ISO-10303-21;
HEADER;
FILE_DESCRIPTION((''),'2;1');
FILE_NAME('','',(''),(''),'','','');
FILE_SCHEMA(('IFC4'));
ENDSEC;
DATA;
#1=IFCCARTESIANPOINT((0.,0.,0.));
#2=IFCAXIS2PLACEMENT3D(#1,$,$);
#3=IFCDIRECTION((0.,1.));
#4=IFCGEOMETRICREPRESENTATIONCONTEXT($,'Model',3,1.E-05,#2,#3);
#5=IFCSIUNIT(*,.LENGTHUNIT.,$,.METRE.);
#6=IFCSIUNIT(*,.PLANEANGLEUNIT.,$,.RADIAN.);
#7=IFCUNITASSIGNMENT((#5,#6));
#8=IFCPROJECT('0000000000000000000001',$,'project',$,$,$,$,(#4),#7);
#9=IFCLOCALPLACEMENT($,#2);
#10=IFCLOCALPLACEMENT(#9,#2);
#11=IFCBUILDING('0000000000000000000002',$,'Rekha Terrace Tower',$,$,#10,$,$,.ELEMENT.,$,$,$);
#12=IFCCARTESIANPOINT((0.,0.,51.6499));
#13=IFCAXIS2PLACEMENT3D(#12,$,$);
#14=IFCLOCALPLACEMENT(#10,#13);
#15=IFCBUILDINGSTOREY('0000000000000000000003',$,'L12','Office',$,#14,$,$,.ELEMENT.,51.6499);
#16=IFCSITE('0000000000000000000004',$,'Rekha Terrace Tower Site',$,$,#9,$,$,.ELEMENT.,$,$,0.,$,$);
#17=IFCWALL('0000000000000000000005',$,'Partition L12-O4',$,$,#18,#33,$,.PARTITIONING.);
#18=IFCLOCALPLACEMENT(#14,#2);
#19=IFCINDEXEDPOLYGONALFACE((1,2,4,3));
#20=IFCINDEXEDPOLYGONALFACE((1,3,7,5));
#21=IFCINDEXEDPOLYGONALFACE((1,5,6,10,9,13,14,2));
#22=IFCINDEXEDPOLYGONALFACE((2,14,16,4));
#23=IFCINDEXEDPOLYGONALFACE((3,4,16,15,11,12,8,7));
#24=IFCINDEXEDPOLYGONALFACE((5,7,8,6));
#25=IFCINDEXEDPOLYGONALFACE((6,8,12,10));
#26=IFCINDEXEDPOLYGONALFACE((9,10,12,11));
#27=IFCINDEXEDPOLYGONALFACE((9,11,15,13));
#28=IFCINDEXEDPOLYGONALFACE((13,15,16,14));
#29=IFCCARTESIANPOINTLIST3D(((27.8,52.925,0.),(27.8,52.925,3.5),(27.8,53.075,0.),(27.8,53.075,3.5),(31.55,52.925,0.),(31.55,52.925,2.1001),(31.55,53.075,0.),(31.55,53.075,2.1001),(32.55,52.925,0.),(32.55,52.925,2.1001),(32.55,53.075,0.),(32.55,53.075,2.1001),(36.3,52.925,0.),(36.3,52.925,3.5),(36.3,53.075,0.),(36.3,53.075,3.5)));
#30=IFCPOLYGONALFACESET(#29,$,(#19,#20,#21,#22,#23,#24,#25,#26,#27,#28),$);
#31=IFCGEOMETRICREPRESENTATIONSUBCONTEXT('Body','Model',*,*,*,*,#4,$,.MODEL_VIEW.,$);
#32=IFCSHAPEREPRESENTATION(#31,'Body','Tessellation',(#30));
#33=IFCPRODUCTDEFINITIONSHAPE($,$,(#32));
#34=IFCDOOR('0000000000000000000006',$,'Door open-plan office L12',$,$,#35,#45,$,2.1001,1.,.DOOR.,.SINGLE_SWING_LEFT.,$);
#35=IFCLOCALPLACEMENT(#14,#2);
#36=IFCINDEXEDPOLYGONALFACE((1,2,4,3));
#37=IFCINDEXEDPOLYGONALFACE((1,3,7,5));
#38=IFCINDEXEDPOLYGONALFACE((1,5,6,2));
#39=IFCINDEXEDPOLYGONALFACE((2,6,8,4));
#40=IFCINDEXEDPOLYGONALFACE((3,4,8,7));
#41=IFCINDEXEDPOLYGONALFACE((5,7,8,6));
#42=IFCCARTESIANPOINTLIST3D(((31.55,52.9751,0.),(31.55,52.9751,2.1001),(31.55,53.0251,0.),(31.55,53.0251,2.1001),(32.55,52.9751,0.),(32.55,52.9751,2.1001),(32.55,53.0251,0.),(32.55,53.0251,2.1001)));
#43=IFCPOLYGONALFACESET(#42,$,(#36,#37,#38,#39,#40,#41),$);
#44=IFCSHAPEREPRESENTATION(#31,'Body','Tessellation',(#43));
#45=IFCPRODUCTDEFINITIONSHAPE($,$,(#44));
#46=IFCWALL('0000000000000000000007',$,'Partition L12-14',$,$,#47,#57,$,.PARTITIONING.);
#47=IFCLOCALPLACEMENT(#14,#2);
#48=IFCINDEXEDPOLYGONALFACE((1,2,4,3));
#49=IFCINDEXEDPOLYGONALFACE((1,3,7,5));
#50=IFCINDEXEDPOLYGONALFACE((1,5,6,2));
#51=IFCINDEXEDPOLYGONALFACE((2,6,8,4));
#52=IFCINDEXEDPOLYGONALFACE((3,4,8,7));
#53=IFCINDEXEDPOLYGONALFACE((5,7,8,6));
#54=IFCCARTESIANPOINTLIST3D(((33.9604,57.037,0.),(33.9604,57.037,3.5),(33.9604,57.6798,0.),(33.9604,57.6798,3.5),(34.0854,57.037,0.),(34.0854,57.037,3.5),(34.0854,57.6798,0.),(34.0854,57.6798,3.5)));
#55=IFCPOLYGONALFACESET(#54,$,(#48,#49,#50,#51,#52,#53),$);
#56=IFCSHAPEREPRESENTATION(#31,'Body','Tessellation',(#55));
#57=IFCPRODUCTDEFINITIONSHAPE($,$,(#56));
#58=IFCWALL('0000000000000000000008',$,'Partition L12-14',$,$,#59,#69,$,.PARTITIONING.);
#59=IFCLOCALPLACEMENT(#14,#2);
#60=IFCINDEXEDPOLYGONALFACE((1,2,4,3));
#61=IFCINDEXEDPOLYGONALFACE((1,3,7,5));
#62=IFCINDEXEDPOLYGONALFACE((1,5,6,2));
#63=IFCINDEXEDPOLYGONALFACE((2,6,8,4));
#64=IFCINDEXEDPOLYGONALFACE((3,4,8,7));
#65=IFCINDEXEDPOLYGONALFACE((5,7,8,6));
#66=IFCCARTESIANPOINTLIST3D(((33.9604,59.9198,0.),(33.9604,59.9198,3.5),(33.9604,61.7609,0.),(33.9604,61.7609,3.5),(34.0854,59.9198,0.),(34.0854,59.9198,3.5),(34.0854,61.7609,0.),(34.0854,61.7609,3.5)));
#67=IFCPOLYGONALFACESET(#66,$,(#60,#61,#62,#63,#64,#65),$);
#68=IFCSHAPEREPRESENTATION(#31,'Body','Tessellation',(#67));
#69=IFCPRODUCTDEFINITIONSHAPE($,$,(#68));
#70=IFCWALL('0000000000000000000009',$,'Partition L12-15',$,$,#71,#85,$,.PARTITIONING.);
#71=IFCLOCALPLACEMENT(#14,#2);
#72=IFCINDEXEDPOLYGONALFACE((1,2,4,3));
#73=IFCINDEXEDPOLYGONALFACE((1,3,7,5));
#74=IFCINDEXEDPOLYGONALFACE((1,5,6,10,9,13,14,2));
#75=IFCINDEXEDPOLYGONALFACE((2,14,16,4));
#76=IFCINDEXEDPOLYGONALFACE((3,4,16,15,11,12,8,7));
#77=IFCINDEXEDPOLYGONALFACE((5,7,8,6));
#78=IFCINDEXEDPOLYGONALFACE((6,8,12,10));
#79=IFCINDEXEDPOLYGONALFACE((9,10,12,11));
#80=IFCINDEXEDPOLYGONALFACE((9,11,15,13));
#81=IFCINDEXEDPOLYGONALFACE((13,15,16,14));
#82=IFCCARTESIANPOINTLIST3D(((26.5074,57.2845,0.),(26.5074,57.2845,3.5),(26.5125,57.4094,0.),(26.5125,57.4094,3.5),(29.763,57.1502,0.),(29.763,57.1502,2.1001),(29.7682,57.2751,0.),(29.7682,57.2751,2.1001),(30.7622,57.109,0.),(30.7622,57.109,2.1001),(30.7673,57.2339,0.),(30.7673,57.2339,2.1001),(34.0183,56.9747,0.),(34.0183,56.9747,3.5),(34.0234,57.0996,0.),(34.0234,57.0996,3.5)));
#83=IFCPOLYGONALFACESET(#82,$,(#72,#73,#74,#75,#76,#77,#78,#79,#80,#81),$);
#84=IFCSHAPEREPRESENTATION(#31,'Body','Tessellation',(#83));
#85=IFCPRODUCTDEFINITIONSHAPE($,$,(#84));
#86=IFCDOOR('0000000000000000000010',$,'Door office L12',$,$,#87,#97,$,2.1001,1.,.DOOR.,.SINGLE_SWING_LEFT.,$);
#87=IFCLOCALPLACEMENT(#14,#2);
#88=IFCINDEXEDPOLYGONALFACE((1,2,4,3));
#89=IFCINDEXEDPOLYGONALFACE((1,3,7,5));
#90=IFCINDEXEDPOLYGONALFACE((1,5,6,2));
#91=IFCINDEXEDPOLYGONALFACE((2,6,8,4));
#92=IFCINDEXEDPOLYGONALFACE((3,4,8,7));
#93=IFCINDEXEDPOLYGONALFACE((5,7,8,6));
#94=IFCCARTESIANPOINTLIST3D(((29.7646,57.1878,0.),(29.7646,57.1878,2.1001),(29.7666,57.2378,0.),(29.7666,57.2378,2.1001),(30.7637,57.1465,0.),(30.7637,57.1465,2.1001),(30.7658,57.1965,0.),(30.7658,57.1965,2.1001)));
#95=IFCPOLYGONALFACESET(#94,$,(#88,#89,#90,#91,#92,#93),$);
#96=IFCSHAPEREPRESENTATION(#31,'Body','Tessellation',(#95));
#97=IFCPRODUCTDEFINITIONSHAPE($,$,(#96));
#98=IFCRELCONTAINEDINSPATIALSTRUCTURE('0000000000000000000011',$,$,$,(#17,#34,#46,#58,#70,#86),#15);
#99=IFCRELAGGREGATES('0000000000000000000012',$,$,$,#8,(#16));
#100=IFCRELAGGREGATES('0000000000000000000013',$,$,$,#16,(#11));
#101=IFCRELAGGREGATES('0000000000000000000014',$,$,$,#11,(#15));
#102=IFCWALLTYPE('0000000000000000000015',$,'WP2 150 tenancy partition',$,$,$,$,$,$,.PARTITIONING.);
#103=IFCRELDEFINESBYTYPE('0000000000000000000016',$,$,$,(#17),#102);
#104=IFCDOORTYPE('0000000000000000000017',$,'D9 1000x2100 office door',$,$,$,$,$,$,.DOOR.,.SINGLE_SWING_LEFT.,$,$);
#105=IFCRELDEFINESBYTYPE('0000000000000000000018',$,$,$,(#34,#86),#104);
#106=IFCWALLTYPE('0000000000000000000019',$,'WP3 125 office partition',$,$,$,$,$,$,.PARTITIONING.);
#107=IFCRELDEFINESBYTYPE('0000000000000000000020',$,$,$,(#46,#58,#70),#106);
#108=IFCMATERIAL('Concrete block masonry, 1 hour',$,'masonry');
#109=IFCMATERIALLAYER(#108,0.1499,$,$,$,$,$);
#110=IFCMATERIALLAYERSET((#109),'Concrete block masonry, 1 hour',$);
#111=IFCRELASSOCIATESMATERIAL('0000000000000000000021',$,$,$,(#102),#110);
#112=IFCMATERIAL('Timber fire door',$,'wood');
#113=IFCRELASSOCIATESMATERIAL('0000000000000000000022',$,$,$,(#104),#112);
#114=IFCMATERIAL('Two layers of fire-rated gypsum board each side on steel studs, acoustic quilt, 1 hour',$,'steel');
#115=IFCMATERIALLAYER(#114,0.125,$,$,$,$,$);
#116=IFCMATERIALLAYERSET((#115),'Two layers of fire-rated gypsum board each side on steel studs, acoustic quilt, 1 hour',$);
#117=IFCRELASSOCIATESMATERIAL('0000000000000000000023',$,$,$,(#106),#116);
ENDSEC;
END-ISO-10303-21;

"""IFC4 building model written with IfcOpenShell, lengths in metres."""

from ifc_helpers import new_model, si_unit, direction, frame, frame_2d, origin, place, context, subcontext, project, spatial, rectangle, extrude, material, layer, layer_set, type_object, element, fill, save


model = new_model("IFC4")

# Units and contexts
model_context = context("Model", 3, precision=1e-05, world=origin(), true_north=direction((0.0, 1.0)))
body_context = subcontext(model_context, "Body", "Model", "MODEL_VIEW")
ifc_project = project(units=[si_unit("LENGTHUNIT", "METRE"), si_unit("PLANEANGLEUNIT", "RADIAN")], contexts=[model_context])

# Site, building, storey
site_placement = place(None, origin())
site = spatial("IfcSite", under=ifc_project, at=site_placement, Name="Rekha Terrace Tower Site", CompositionType="ELEMENT", RefElevation=0.0)
building_placement = place(site_placement, origin())
building = spatial("IfcBuilding", under=site, at=building_placement, Name="Rekha Terrace Tower", CompositionType="ELEMENT")
storey_placement = place(building_placement, frame((0.0, 0.0, 51.6499)))
storey = spatial("IfcBuildingStorey", under=building, at=storey_placement, Name="L12", Description="Office", CompositionType="ELEMENT", Elevation=51.6499)

# Shared definitions
ifc_material_1 = material(Name="Concrete block masonry, 1 hour", Category="masonry")
ifc_layer_1 = layer(ifc_material_1, 0.1499)
ifc_layer_set_1 = layer_set([ifc_layer_1], Name="Concrete block masonry, 1 hour")
wall_type_1 = type_object("IfcWallType", Name="WP2 150 tenancy partition", PredefinedType="PARTITIONING", material=ifc_layer_set_1)

# Wall, opening, door
wall_1_placement = place(storey_placement, frame((36.3, 53.0, 0.0), z_axis=(0.0, 0.0, 1.0), x_axis=(-1.0, 0.0, 0.0)))
wall_1 = element("IfcWall", 1, at=wall_1_placement, inside=storey, type_object=wall_type_1, Name="Partition L12-O4", PredefinedType="PARTITIONING", context=body_context, shape_type="SweptSolid", body=[
    extrude(rectangle(XDim=8.5, YDim=0.1499, at=frame_2d((4.25, 0.0))), origin(), (0.0, 0.0, 1.0), 3.5),
])
opening_1_placement = place(wall_1_placement, frame((3.75, 0.0, 0.0)))
opening_1 = element("IfcOpeningElement", 2, at=opening_1_placement, cuts=wall_1, PredefinedType="OPENING", context=body_context, shape_type="SweptSolid", body=[
    extrude(rectangle(XDim=1.0, YDim=2.1001, at=frame_2d((0.5, 1.05))), frame((0.0, 0.085, 0.0), z_axis=(0.0, -1.0, 0.0), x_axis=(1.0, 0.0, 0.0)), (0.0, 0.0, 1.0), 0.1699),
])
ifc_material_2 = material(Name="Timber fire door", Category="wood")
door_type = type_object("IfcDoorType", Name="D9 1000x2100 office door", OperationType="SINGLE_SWING_LEFT", PredefinedType="DOOR", material=ifc_material_2)
door_1_placement = place(opening_1_placement, origin())
door_1 = element("IfcDoor", 3, at=door_1_placement, inside=storey, type_object=door_type, Name="Door open-plan office L12", OperationType="SINGLE_SWING_LEFT", OverallHeight=2.1001, OverallWidth=1.0, PredefinedType="DOOR", context=body_context, shape_type="SweptSolid", body=[
    extrude(rectangle(XDim=1.0, YDim=2.1001, at=frame_2d((0.5, 1.05))), frame((0.0, 0.0249, 0.0), z_axis=(0.0, -1.0, 0.0), x_axis=(1.0, 0.0, 0.0)), (0.0, 0.0, 1.0), 0.05),
])
fill(opening_1, door_1)

# Walls
ifc_material_3 = material(Name="Two layers of fire-rated gypsum board each side on steel studs, acoustic quilt, 1 hour", Category="steel")
ifc_layer_2 = layer(ifc_material_3, 0.125)
ifc_layer_set_2 = layer_set([ifc_layer_2], Name="Two layers of fire-rated gypsum board each side on steel studs, acoustic quilt, 1 hour")
wall_type_2 = type_object("IfcWallType", Name="WP3 125 office partition", PredefinedType="PARTITIONING", material=ifc_layer_set_2)
wall_2_placement = place(storey_placement, frame((34.0229, 57.0371, 0.0), z_axis=(0.0, 0.0, 1.0), x_axis=(0.0, 1.0, 0.0)))
element("IfcWall", 4, at=wall_2_placement, inside=storey, type_object=wall_type_2, Name="Partition L12-14", PredefinedType="PARTITIONING", context=body_context, shape_type="SweptSolid", body=[
    extrude(rectangle(XDim=0.6428, YDim=0.125, at=frame_2d((0.3213, 0.0))), origin(), (0.0, 0.0, 1.0), 3.5),
])
wall_3_placement = place(storey_placement, frame((34.0229, 59.9199, 0.0), z_axis=(0.0, 0.0, 1.0), x_axis=(0.0, 1.0, 0.0)))
element("IfcWall", 5, at=wall_3_placement, inside=storey, type_object=wall_type_2, Name="Partition L12-14", PredefinedType="PARTITIONING", context=body_context, shape_type="SweptSolid", body=[
    extrude(rectangle(XDim=1.8411, YDim=0.125, at=frame_2d((0.9204, 0.0))), origin(), (0.0, 0.0, 1.0), 3.5),
])

# Wall, opening, door
wall_4_placement = place(storey_placement, frame((34.021, 57.0371, 0.0), z_axis=(0.0, 0.0, 1.0), x_axis=(-0.99915, 0.041213, 0.0)))
wall_4 = element("IfcWall", 6, at=wall_4_placement, inside=storey, type_object=wall_type_2, Name="Partition L12-15", PredefinedType="PARTITIONING", context=body_context, shape_type="SweptSolid", body=[
    extrude(rectangle(XDim=7.5173, YDim=0.125, at=frame_2d((3.7588, 0.0))), origin(), (0.0, 0.0, 1.0), 3.5),
])
opening_2_placement = place(wall_4_placement, frame((3.259, 0.0, 0.0)))
opening_2 = element("IfcOpeningElement", 7, at=opening_2_placement, cuts=wall_4, PredefinedType="OPENING", context=body_context, shape_type="SweptSolid", body=[
    extrude(rectangle(XDim=1.0, YDim=2.1001, at=frame_2d((0.5, 1.05))), frame((0.0, 0.0725, 0.0), z_axis=(0.0, -1.0, 0.0), x_axis=(1.0, 0.0, 0.0)), (0.0, 0.0, 1.0), 0.145),
])
door_2_placement = place(opening_2_placement, origin())
door_2 = element("IfcDoor", 8, at=door_2_placement, inside=storey, type_object=door_type, Name="Door office L12", OperationType="SINGLE_SWING_LEFT", OverallHeight=2.1001, OverallWidth=1.0, PredefinedType="DOOR", context=body_context, shape_type="SweptSolid", body=[
    extrude(rectangle(XDim=1.0, YDim=2.1001, at=frame_2d((0.5, 1.05))), frame((0.0, 0.0249, 0.0), z_axis=(0.0, -1.0, 0.0), x_axis=(1.0, 0.0, 0.0)), (0.0, 0.0, 1.0), 0.05),
])
fill(opening_2, door_2)

save(model, "model.ifc")
